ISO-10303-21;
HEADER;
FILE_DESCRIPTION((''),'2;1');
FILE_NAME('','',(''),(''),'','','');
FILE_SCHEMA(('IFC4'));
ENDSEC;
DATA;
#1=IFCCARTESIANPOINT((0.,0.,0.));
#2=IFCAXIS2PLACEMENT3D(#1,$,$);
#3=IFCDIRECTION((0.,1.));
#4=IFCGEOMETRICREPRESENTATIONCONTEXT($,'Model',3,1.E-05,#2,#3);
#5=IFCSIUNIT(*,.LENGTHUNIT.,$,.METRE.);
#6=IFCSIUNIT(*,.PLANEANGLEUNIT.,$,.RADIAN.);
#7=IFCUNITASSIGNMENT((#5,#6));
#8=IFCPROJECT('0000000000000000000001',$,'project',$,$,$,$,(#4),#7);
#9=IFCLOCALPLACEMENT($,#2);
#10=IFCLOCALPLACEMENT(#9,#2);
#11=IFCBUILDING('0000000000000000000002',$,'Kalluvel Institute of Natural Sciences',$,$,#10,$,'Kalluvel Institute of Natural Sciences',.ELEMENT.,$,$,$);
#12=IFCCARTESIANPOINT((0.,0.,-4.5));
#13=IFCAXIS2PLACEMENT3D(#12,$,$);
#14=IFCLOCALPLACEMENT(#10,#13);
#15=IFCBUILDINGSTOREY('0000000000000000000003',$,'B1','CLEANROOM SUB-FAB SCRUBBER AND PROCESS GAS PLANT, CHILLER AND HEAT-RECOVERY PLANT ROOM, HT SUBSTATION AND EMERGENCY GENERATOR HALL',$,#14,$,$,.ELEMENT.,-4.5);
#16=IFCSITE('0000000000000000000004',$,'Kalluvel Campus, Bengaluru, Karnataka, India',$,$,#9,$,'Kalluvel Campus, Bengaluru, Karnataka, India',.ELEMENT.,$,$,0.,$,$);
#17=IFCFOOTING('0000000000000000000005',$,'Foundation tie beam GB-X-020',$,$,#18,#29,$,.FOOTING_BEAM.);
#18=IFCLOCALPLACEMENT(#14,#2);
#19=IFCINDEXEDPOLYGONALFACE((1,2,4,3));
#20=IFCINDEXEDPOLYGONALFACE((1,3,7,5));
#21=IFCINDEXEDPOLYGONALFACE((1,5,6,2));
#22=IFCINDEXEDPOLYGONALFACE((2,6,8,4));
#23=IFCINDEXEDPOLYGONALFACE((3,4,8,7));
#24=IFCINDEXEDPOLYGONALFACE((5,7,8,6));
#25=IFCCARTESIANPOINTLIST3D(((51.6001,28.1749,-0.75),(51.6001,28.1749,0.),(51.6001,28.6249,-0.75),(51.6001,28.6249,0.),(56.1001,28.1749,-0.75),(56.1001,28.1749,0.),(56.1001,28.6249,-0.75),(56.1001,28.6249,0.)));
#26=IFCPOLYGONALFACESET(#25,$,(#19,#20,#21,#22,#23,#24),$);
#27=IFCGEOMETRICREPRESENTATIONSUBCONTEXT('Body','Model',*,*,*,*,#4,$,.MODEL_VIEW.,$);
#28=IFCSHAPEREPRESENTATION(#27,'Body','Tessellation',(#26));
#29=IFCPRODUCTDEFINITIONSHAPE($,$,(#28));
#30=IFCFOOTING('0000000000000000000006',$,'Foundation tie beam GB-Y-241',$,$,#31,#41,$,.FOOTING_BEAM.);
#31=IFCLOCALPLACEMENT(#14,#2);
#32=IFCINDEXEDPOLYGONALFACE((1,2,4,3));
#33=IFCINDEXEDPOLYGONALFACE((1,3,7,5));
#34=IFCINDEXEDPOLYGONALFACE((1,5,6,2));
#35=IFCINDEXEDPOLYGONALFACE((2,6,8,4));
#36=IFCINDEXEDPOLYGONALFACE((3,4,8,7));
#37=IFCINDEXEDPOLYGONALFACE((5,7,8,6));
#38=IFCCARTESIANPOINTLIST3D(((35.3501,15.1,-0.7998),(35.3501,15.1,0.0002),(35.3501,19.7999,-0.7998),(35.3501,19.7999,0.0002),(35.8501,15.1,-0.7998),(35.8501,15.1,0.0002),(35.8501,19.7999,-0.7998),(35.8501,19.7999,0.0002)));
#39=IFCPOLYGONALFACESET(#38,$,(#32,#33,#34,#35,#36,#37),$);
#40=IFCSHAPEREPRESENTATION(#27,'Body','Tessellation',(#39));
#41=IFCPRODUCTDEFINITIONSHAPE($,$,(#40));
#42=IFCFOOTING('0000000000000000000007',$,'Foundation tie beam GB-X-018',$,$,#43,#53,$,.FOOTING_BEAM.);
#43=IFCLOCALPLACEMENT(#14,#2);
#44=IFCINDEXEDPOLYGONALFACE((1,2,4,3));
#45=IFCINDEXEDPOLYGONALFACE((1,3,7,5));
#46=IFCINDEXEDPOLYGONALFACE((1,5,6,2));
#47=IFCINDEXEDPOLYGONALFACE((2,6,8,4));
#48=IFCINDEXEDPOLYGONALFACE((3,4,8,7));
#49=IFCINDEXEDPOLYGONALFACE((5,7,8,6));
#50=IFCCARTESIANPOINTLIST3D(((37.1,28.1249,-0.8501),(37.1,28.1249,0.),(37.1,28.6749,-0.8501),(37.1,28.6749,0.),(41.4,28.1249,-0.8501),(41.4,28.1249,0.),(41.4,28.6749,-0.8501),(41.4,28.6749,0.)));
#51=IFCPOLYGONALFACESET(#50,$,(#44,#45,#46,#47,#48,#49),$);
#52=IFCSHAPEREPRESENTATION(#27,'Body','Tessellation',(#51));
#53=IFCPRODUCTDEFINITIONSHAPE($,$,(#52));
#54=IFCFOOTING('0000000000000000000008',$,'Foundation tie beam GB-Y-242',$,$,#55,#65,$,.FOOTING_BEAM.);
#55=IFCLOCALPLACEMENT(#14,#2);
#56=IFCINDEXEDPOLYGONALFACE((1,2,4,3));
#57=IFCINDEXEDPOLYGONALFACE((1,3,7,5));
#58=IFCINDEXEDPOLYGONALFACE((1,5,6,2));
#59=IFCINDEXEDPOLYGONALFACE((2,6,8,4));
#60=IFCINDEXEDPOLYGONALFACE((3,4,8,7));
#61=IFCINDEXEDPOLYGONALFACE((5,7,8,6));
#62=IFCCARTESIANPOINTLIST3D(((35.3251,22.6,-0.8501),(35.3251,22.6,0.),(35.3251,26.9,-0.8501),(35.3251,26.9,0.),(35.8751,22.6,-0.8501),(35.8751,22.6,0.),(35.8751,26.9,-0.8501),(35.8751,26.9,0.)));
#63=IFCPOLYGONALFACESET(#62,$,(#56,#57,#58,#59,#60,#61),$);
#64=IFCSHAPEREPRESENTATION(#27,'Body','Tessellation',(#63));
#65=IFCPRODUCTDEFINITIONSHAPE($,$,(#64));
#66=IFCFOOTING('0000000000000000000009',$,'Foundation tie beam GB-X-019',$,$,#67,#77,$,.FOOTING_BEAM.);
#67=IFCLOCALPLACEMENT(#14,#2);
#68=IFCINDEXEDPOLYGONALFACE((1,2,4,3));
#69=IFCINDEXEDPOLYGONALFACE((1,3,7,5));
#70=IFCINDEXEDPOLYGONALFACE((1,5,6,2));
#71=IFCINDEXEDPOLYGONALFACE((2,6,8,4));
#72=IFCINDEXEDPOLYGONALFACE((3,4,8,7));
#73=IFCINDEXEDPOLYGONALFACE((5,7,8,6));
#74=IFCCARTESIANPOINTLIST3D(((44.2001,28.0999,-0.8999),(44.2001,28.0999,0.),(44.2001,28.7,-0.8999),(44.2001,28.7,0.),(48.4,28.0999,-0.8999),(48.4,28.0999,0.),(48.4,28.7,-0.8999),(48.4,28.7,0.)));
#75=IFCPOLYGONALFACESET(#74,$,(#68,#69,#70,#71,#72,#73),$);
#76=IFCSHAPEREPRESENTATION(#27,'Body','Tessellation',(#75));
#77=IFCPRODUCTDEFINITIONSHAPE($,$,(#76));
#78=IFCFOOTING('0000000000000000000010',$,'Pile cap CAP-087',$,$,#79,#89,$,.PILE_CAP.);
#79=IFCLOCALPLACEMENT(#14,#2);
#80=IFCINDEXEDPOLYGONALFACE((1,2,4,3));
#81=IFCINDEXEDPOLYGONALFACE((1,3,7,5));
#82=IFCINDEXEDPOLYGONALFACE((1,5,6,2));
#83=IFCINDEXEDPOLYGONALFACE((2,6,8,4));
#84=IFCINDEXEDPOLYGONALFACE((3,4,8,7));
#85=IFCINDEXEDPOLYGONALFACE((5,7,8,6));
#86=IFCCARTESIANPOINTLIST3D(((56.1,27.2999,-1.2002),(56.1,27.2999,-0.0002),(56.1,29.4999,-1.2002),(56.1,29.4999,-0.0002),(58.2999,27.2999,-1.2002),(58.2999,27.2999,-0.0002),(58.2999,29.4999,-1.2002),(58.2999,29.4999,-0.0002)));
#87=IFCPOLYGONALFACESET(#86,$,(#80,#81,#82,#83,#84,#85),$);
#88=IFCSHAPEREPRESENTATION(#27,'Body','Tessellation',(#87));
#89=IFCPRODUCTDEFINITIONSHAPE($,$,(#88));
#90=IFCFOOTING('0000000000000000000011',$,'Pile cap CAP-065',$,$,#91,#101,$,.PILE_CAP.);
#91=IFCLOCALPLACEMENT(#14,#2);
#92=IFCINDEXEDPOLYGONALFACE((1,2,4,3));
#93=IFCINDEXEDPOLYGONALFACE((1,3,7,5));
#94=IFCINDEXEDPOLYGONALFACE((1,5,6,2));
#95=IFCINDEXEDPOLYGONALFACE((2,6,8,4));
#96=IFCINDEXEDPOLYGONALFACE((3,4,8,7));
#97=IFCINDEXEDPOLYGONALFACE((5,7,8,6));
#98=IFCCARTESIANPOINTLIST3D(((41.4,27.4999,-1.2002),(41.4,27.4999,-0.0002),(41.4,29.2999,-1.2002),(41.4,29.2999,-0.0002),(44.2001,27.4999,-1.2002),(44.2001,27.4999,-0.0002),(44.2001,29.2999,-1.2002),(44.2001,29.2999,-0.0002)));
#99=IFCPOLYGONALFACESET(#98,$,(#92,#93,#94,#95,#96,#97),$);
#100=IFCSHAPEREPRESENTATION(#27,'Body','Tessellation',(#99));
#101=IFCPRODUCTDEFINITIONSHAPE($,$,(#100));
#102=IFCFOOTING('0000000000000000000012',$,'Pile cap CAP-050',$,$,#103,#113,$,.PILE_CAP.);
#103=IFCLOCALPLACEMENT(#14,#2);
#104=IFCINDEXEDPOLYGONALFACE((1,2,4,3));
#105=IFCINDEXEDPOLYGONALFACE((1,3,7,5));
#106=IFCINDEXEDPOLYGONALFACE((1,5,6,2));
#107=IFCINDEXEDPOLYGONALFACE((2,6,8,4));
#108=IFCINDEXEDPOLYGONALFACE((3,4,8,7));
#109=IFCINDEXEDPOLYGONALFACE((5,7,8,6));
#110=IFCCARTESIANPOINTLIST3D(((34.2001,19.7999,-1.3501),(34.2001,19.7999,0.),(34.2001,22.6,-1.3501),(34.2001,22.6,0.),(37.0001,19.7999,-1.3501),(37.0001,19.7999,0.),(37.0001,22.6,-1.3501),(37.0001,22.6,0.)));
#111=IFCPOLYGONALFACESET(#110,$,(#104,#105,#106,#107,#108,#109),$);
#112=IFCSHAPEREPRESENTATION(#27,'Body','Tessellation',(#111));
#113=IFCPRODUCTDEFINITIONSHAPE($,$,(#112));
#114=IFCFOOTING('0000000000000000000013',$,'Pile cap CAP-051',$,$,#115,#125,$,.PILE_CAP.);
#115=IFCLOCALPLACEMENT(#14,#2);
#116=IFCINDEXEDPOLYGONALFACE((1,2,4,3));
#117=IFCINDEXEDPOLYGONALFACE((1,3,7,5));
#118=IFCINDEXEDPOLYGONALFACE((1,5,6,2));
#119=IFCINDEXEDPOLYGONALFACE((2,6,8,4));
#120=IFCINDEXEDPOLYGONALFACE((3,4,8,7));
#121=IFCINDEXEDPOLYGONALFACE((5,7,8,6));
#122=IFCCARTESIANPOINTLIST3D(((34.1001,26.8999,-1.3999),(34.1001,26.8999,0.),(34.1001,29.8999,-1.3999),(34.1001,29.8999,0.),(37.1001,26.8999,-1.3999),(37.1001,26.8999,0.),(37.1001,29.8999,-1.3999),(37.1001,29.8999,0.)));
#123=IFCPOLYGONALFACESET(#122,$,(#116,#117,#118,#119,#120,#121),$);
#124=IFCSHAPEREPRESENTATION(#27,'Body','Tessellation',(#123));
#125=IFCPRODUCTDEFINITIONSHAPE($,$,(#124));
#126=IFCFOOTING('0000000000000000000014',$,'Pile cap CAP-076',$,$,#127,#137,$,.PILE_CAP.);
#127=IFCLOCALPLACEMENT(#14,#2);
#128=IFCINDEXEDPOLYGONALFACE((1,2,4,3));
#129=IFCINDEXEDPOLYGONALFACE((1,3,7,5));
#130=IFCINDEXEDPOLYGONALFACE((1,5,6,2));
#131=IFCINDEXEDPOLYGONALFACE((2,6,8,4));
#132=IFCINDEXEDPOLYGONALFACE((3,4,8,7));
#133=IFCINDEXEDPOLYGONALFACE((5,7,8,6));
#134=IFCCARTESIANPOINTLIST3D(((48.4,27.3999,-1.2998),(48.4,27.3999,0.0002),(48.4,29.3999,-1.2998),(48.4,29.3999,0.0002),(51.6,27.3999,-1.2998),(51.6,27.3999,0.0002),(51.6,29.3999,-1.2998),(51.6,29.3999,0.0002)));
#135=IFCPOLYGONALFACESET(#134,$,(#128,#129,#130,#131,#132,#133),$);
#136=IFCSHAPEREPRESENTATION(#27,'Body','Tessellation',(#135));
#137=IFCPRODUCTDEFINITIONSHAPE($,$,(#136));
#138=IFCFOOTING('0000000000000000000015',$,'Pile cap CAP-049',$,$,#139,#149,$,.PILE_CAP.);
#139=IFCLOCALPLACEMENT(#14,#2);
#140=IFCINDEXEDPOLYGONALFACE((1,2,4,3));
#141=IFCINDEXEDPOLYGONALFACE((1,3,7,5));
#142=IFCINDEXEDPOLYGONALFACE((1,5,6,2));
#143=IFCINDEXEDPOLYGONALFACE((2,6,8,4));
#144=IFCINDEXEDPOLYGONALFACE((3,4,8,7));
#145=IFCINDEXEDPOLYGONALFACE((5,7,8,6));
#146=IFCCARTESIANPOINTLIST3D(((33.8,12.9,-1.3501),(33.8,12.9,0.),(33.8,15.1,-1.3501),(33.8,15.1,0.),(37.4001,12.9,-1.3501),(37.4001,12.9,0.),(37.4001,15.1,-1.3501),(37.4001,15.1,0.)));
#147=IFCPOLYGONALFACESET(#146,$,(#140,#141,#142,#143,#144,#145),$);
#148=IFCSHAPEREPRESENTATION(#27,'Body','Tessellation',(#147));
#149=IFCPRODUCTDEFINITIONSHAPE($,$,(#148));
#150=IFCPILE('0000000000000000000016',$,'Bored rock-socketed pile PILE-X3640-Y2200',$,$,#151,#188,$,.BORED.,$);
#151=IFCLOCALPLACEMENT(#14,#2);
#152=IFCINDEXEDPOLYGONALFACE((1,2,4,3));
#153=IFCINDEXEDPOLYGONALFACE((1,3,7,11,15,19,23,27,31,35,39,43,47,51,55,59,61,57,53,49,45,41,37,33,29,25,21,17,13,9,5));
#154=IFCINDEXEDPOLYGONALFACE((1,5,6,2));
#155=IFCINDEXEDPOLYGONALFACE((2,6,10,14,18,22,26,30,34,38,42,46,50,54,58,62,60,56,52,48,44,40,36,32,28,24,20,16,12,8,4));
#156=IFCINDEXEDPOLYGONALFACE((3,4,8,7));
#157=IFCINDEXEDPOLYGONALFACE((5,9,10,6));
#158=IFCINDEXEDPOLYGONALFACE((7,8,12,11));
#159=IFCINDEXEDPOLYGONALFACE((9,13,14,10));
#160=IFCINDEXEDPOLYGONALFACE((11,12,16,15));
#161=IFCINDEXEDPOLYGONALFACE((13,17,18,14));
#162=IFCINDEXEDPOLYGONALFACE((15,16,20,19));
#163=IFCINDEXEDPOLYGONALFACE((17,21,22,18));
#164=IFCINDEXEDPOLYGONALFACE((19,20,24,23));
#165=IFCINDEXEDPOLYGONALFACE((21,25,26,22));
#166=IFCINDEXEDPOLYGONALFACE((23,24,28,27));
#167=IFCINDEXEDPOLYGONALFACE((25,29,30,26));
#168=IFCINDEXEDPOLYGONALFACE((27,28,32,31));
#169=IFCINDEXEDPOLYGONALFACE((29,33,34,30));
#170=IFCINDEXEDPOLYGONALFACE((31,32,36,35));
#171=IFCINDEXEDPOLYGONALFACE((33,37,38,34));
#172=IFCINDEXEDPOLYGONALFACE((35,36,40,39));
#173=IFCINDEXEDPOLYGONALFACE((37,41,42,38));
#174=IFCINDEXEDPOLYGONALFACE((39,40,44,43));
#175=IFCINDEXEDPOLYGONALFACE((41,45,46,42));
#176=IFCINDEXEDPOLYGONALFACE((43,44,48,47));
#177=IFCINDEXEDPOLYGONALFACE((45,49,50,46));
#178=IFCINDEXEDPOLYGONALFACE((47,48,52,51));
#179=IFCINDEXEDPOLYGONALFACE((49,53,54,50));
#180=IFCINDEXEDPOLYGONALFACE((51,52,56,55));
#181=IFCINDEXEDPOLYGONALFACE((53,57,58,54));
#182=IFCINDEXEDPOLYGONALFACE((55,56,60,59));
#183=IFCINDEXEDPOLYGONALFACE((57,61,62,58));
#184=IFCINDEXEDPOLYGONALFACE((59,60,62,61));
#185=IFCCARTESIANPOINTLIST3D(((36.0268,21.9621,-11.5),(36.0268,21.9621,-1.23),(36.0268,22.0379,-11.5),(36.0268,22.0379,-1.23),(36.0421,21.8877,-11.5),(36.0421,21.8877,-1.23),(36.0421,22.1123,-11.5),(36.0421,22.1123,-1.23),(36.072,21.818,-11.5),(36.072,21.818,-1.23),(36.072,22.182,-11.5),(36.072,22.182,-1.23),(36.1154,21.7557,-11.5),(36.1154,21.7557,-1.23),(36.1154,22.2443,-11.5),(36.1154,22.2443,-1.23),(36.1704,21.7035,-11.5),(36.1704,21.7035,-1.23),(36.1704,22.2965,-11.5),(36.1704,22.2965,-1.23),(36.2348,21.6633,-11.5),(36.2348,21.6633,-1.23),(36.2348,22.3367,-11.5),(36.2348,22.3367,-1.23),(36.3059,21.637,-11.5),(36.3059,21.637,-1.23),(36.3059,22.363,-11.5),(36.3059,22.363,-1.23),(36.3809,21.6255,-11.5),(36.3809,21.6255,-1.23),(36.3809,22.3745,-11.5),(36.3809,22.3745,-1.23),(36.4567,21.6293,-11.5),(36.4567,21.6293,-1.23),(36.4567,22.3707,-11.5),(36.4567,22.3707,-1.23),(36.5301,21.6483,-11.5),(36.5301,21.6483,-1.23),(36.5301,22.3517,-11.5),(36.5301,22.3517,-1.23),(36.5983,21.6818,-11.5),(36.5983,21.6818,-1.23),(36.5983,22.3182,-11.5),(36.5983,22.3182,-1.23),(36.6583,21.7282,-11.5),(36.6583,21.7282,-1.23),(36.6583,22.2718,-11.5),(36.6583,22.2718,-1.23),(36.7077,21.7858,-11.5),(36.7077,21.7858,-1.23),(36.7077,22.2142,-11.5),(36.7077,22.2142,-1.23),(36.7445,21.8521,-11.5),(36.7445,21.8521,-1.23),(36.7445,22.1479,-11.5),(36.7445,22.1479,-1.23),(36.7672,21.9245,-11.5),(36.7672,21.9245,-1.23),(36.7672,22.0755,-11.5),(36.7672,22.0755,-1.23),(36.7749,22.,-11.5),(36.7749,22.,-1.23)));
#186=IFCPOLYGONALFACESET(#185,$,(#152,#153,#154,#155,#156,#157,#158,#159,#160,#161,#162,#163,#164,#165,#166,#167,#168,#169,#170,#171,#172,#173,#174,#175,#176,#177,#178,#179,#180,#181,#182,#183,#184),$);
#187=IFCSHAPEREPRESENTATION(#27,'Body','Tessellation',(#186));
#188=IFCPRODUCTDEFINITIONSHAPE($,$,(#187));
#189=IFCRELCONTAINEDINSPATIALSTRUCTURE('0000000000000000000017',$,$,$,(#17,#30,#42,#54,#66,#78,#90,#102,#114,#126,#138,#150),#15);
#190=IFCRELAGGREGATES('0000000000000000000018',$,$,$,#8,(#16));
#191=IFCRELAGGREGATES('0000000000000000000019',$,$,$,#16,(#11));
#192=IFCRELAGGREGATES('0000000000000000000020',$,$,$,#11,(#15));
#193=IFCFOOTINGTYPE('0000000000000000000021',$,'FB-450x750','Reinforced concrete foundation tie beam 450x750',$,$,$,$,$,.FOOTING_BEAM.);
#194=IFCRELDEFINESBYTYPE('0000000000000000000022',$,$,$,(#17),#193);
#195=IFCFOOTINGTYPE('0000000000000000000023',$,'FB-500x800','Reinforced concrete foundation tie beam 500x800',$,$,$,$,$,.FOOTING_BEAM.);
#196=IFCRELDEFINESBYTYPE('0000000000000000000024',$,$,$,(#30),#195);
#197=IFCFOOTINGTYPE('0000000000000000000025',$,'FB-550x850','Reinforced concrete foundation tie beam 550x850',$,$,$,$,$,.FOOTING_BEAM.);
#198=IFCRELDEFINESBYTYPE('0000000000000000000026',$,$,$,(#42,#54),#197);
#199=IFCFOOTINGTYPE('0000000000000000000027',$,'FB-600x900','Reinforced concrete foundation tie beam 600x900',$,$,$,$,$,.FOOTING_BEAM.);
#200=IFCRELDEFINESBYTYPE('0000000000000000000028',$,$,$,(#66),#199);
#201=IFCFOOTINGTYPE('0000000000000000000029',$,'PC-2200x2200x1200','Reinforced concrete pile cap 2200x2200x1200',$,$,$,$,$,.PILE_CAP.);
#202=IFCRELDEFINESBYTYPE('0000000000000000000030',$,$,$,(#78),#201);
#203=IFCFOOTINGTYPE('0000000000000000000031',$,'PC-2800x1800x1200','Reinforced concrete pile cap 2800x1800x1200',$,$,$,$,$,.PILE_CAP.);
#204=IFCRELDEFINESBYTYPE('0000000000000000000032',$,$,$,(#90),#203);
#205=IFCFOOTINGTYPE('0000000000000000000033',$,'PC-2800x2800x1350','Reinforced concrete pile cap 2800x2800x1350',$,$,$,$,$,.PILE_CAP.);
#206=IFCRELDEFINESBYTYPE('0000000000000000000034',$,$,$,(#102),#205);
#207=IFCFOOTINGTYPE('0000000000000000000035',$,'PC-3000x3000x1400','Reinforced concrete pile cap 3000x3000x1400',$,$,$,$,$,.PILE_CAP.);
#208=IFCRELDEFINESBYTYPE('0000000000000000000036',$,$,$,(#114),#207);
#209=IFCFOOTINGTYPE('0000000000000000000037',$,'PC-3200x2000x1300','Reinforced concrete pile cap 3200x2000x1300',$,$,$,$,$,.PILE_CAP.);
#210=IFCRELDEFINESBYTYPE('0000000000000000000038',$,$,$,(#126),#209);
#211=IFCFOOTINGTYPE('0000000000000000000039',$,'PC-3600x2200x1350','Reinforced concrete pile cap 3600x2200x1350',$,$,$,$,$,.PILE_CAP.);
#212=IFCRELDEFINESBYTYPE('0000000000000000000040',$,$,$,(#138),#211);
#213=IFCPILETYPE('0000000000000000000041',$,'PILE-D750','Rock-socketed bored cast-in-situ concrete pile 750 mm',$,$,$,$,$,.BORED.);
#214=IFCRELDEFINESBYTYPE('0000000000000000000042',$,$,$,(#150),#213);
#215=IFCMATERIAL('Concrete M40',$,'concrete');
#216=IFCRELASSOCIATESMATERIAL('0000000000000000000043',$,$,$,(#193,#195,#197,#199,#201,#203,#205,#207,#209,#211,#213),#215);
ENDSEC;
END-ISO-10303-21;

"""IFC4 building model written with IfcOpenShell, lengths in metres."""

from ifc_helpers import new_model, si_unit, direction, frame, origin, origin_2d, place, context, subcontext, project, spatial, rectangle, circle, extrude, material, material_profile, profile_set, type_object, element, save


model = new_model("IFC4")

# Units and contexts
model_context = context("Model", 3, precision=1e-05, world=origin(), true_north=direction((0.0, 1.0)))
body_context = subcontext(model_context, "Body", "Model", "MODEL_VIEW")
ifc_project = project(units=[si_unit("LENGTHUNIT", "METRE"), si_unit("PLANEANGLEUNIT", "RADIAN")], contexts=[model_context])

# Site, building, storey
site_placement = place(None, origin())
site = spatial("IfcSite", under=ifc_project, at=site_placement, Name="Kalluvel Campus, Bengaluru, Karnataka, India", LongName="Kalluvel Campus, Bengaluru, Karnataka, India", CompositionType="ELEMENT", RefElevation=0.0)
building_placement = place(site_placement, origin())
building = spatial("IfcBuilding", under=site, at=building_placement, Name="Kalluvel Institute of Natural Sciences", LongName="Kalluvel Institute of Natural Sciences", CompositionType="ELEMENT")
storey_placement = place(building_placement, frame((0.0, 0.0, -4.5)))
storey = spatial("IfcBuildingStorey", under=building, at=storey_placement, Name="B1", Description="CLEANROOM SUB-FAB SCRUBBER AND PROCESS GAS PLANT, CHILLER AND HEAT-RECOVERY PLANT ROOM, HT SUBSTATION AND EMERGENCY GENERATOR HALL", CompositionType="ELEMENT", Elevation=-4.5)

# Footings
ifc_material_1 = material(Name="Concrete M40", Category="concrete")
footing_type_1 = type_object("IfcFootingType", Name="FB-450x750", Description="Reinforced concrete foundation tie beam 450x750", PredefinedType="FOOTING_BEAM", material=ifc_material_1)
footing_1_placement = place(storey_placement, frame((53.8501, 28.3999, -0.75), z_axis=(0.0, 0.0, 1.0), x_axis=(1.0, 0.0, 0.0)))
element("IfcFooting", 1, at=footing_1_placement, inside=storey, type_object=footing_type_1, Name="Foundation tie beam GB-X-020", PredefinedType="FOOTING_BEAM", context=body_context, shape_type="SweptSolid", body=[
    extrude(rectangle(XDim=4.5, YDim=0.45, at=origin_2d()), origin(), (0.0, 0.0, 1.0), 0.75),
])
footing_type_2 = type_object("IfcFootingType", Name="FB-500x800", Description="Reinforced concrete foundation tie beam 500x800", PredefinedType="FOOTING_BEAM", material=ifc_material_1)
footing_2_placement = place(storey_placement, frame((35.6001, 17.45, -0.7998), z_axis=(0.0, 0.0, 1.0), x_axis=(1.0, 0.0, 0.0)))
element("IfcFooting", 2, at=footing_2_placement, inside=storey, type_object=footing_type_2, Name="Foundation tie beam GB-Y-241", PredefinedType="FOOTING_BEAM", context=body_context, shape_type="SweptSolid", body=[
    extrude(rectangle(XDim=0.5, YDim=4.7, at=origin_2d()), origin(), (0.0, 0.0, 1.0), 0.8),
])
footing_type_3 = type_object("IfcFootingType", Name="FB-550x850", Description="Reinforced concrete foundation tie beam 550x850", PredefinedType="FOOTING_BEAM", material=ifc_material_1)
footing_3_placement = place(storey_placement, frame((39.25, 28.3999, -0.8501), z_axis=(0.0, 0.0, 1.0), x_axis=(1.0, 0.0, 0.0)))
element("IfcFooting", 3, at=footing_3_placement, inside=storey, type_object=footing_type_3, Name="Foundation tie beam GB-X-018", PredefinedType="FOOTING_BEAM", context=body_context, shape_type="SweptSolid", body=[
    extrude(rectangle(XDim=4.3, YDim=0.55, at=origin_2d()), origin(), (0.0, 0.0, 1.0), 0.8501),
])
footing_4_placement = place(storey_placement, frame((35.6001, 24.75, -0.8501), z_axis=(0.0, 0.0, 1.0), x_axis=(1.0, 0.0, 0.0)))
element("IfcFooting", 4, at=footing_4_placement, inside=storey, type_object=footing_type_3, Name="Foundation tie beam GB-Y-242", PredefinedType="FOOTING_BEAM", context=body_context, shape_type="SweptSolid", body=[
    extrude(rectangle(XDim=0.55, YDim=4.3, at=origin_2d()), origin(), (0.0, 0.0, 1.0), 0.8501),
])
footing_type_4 = type_object("IfcFootingType", Name="FB-600x900", Description="Reinforced concrete foundation tie beam 600x900", PredefinedType="FOOTING_BEAM", material=ifc_material_1)
footing_5_placement = place(storey_placement, frame((46.3, 28.3999, -0.8999), z_axis=(0.0, 0.0, 1.0), x_axis=(1.0, 0.0, 0.0)))
element("IfcFooting", 5, at=footing_5_placement, inside=storey, type_object=footing_type_4, Name="Foundation tie beam GB-X-019", PredefinedType="FOOTING_BEAM", context=body_context, shape_type="SweptSolid", body=[
    extrude(rectangle(XDim=4.2, YDim=0.6001, at=origin_2d()), origin(), (0.0, 0.0, 1.0), 0.8999),
])
footing_type_5 = type_object("IfcFootingType", Name="PC-2200x2200x1200", Description="Reinforced concrete pile cap 2200x2200x1200", PredefinedType="PILE_CAP", material=ifc_material_1)
footing_6_placement = place(storey_placement, frame((57.2, 28.3999, -1.2002), z_axis=(0.0, 0.0, 1.0), x_axis=(1.0, 0.0, 0.0)))
element("IfcFooting", 6, at=footing_6_placement, inside=storey, type_object=footing_type_5, Name="Pile cap CAP-087", PredefinedType="PILE_CAP", context=body_context, shape_type="SweptSolid", body=[
    extrude(rectangle(XDim=2.2, YDim=2.2, at=origin_2d()), origin(), (0.0, 0.0, 1.0), 1.2),
])
footing_type_6 = type_object("IfcFootingType", Name="PC-2800x1800x1200", Description="Reinforced concrete pile cap 2800x1800x1200", PredefinedType="PILE_CAP", material=ifc_material_1)
footing_7_placement = place(storey_placement, frame((42.8, 28.3999, -1.2002), z_axis=(0.0, 0.0, 1.0), x_axis=(1.0, 0.0, 0.0)))
element("IfcFooting", 7, at=footing_7_placement, inside=storey, type_object=footing_type_6, Name="Pile cap CAP-065", PredefinedType="PILE_CAP", context=body_context, shape_type="SweptSolid", body=[
    extrude(rectangle(XDim=2.8, YDim=1.8, at=origin_2d()), origin(), (0.0, 0.0, 1.0), 1.2),
])
footing_type_7 = type_object("IfcFootingType", Name="PC-2800x2800x1350", Description="Reinforced concrete pile cap 2800x2800x1350", PredefinedType="PILE_CAP", material=ifc_material_1)
footing_8_placement = place(storey_placement, frame((35.6001, 21.2, -1.3501), z_axis=(0.0, 0.0, 1.0), x_axis=(1.0, 0.0, 0.0)))
element("IfcFooting", 8, at=footing_8_placement, inside=storey, type_object=footing_type_7, Name="Pile cap CAP-050", PredefinedType="PILE_CAP", context=body_context, shape_type="SweptSolid", body=[
    extrude(rectangle(XDim=2.8, YDim=2.8, at=origin_2d()), origin(), (0.0, 0.0, 1.0), 1.3501),
])
footing_type_8 = type_object("IfcFootingType", Name="PC-3000x3000x1400", Description="Reinforced concrete pile cap 3000x3000x1400", PredefinedType="PILE_CAP", material=ifc_material_1)
footing_9_placement = place(storey_placement, frame((35.6001, 28.3999, -1.3999), z_axis=(0.0, 0.0, 1.0), x_axis=(1.0, 0.0, 0.0)))
element("IfcFooting", 9, at=footing_9_placement, inside=storey, type_object=footing_type_8, Name="Pile cap CAP-051", PredefinedType="PILE_CAP", context=body_context, shape_type="SweptSolid", body=[
    extrude(rectangle(XDim=3.0, YDim=3.0, at=origin_2d()), origin(), (0.0, 0.0, 1.0), 1.3999),
])
footing_type_9 = type_object("IfcFootingType", Name="PC-3200x2000x1300", Description="Reinforced concrete pile cap 3200x2000x1300", PredefinedType="PILE_CAP", material=ifc_material_1)
footing_10_placement = place(storey_placement, frame((50.0, 28.3999, -1.2998), z_axis=(0.0, 0.0, 1.0), x_axis=(1.0, 0.0, 0.0)))
element("IfcFooting", 10, at=footing_10_placement, inside=storey, type_object=footing_type_9, Name="Pile cap CAP-076", PredefinedType="PILE_CAP", context=body_context, shape_type="SweptSolid", body=[
    extrude(rectangle(XDim=3.2, YDim=2.0, at=origin_2d()), origin(), (0.0, 0.0, 1.0), 1.3),
])
footing_type_10 = type_object("IfcFootingType", Name="PC-3600x2200x1350", Description="Reinforced concrete pile cap 3600x2200x1350", PredefinedType="PILE_CAP", material=ifc_material_1)
footing_11_placement = place(storey_placement, frame((35.6001, 14.0, -1.3501), z_axis=(0.0, 0.0, 1.0), x_axis=(1.0, 0.0, 0.0)))
element("IfcFooting", 11, at=footing_11_placement, inside=storey, type_object=footing_type_10, Name="Pile cap CAP-049", PredefinedType="PILE_CAP", context=body_context, shape_type="SweptSolid", body=[
    extrude(rectangle(XDim=3.6001, YDim=2.2, at=origin_2d()), origin(), (0.0, 0.0, 1.0), 1.3501),
])

# Pile
ifc_material_profile_1 = material_profile(ifc_material_1, circle(Radius=0.375, at=origin_2d()), Name="PILE D750")
ifc_profile_set_1 = profile_set([ifc_material_profile_1], Name="Concrete M40")
pile_type_1 = type_object("IfcPileType", Name="PILE-D750", Description="Rock-socketed bored cast-in-situ concrete pile 750 mm", PredefinedType="BORED", material=ifc_profile_set_1)
pile_1_placement = place(storey_placement, frame((36.3999, 22.0, -1.23), z_axis=(0.0, 0.0, -1.0), x_axis=(1.0, 0.0, 0.0)))
element("IfcPile", 12, at=pile_1_placement, inside=storey, type_object=pile_type_1, Name="Bored rock-socketed pile PILE-X3640-Y2200", PredefinedType="BORED", context=body_context, shape_type="SweptSolid", body=[
    extrude(circle(Radius=0.375, at=origin_2d()), origin(), (0.0, 0.0, 1.0), 10.27),
])

save(model, "model.ifc")
